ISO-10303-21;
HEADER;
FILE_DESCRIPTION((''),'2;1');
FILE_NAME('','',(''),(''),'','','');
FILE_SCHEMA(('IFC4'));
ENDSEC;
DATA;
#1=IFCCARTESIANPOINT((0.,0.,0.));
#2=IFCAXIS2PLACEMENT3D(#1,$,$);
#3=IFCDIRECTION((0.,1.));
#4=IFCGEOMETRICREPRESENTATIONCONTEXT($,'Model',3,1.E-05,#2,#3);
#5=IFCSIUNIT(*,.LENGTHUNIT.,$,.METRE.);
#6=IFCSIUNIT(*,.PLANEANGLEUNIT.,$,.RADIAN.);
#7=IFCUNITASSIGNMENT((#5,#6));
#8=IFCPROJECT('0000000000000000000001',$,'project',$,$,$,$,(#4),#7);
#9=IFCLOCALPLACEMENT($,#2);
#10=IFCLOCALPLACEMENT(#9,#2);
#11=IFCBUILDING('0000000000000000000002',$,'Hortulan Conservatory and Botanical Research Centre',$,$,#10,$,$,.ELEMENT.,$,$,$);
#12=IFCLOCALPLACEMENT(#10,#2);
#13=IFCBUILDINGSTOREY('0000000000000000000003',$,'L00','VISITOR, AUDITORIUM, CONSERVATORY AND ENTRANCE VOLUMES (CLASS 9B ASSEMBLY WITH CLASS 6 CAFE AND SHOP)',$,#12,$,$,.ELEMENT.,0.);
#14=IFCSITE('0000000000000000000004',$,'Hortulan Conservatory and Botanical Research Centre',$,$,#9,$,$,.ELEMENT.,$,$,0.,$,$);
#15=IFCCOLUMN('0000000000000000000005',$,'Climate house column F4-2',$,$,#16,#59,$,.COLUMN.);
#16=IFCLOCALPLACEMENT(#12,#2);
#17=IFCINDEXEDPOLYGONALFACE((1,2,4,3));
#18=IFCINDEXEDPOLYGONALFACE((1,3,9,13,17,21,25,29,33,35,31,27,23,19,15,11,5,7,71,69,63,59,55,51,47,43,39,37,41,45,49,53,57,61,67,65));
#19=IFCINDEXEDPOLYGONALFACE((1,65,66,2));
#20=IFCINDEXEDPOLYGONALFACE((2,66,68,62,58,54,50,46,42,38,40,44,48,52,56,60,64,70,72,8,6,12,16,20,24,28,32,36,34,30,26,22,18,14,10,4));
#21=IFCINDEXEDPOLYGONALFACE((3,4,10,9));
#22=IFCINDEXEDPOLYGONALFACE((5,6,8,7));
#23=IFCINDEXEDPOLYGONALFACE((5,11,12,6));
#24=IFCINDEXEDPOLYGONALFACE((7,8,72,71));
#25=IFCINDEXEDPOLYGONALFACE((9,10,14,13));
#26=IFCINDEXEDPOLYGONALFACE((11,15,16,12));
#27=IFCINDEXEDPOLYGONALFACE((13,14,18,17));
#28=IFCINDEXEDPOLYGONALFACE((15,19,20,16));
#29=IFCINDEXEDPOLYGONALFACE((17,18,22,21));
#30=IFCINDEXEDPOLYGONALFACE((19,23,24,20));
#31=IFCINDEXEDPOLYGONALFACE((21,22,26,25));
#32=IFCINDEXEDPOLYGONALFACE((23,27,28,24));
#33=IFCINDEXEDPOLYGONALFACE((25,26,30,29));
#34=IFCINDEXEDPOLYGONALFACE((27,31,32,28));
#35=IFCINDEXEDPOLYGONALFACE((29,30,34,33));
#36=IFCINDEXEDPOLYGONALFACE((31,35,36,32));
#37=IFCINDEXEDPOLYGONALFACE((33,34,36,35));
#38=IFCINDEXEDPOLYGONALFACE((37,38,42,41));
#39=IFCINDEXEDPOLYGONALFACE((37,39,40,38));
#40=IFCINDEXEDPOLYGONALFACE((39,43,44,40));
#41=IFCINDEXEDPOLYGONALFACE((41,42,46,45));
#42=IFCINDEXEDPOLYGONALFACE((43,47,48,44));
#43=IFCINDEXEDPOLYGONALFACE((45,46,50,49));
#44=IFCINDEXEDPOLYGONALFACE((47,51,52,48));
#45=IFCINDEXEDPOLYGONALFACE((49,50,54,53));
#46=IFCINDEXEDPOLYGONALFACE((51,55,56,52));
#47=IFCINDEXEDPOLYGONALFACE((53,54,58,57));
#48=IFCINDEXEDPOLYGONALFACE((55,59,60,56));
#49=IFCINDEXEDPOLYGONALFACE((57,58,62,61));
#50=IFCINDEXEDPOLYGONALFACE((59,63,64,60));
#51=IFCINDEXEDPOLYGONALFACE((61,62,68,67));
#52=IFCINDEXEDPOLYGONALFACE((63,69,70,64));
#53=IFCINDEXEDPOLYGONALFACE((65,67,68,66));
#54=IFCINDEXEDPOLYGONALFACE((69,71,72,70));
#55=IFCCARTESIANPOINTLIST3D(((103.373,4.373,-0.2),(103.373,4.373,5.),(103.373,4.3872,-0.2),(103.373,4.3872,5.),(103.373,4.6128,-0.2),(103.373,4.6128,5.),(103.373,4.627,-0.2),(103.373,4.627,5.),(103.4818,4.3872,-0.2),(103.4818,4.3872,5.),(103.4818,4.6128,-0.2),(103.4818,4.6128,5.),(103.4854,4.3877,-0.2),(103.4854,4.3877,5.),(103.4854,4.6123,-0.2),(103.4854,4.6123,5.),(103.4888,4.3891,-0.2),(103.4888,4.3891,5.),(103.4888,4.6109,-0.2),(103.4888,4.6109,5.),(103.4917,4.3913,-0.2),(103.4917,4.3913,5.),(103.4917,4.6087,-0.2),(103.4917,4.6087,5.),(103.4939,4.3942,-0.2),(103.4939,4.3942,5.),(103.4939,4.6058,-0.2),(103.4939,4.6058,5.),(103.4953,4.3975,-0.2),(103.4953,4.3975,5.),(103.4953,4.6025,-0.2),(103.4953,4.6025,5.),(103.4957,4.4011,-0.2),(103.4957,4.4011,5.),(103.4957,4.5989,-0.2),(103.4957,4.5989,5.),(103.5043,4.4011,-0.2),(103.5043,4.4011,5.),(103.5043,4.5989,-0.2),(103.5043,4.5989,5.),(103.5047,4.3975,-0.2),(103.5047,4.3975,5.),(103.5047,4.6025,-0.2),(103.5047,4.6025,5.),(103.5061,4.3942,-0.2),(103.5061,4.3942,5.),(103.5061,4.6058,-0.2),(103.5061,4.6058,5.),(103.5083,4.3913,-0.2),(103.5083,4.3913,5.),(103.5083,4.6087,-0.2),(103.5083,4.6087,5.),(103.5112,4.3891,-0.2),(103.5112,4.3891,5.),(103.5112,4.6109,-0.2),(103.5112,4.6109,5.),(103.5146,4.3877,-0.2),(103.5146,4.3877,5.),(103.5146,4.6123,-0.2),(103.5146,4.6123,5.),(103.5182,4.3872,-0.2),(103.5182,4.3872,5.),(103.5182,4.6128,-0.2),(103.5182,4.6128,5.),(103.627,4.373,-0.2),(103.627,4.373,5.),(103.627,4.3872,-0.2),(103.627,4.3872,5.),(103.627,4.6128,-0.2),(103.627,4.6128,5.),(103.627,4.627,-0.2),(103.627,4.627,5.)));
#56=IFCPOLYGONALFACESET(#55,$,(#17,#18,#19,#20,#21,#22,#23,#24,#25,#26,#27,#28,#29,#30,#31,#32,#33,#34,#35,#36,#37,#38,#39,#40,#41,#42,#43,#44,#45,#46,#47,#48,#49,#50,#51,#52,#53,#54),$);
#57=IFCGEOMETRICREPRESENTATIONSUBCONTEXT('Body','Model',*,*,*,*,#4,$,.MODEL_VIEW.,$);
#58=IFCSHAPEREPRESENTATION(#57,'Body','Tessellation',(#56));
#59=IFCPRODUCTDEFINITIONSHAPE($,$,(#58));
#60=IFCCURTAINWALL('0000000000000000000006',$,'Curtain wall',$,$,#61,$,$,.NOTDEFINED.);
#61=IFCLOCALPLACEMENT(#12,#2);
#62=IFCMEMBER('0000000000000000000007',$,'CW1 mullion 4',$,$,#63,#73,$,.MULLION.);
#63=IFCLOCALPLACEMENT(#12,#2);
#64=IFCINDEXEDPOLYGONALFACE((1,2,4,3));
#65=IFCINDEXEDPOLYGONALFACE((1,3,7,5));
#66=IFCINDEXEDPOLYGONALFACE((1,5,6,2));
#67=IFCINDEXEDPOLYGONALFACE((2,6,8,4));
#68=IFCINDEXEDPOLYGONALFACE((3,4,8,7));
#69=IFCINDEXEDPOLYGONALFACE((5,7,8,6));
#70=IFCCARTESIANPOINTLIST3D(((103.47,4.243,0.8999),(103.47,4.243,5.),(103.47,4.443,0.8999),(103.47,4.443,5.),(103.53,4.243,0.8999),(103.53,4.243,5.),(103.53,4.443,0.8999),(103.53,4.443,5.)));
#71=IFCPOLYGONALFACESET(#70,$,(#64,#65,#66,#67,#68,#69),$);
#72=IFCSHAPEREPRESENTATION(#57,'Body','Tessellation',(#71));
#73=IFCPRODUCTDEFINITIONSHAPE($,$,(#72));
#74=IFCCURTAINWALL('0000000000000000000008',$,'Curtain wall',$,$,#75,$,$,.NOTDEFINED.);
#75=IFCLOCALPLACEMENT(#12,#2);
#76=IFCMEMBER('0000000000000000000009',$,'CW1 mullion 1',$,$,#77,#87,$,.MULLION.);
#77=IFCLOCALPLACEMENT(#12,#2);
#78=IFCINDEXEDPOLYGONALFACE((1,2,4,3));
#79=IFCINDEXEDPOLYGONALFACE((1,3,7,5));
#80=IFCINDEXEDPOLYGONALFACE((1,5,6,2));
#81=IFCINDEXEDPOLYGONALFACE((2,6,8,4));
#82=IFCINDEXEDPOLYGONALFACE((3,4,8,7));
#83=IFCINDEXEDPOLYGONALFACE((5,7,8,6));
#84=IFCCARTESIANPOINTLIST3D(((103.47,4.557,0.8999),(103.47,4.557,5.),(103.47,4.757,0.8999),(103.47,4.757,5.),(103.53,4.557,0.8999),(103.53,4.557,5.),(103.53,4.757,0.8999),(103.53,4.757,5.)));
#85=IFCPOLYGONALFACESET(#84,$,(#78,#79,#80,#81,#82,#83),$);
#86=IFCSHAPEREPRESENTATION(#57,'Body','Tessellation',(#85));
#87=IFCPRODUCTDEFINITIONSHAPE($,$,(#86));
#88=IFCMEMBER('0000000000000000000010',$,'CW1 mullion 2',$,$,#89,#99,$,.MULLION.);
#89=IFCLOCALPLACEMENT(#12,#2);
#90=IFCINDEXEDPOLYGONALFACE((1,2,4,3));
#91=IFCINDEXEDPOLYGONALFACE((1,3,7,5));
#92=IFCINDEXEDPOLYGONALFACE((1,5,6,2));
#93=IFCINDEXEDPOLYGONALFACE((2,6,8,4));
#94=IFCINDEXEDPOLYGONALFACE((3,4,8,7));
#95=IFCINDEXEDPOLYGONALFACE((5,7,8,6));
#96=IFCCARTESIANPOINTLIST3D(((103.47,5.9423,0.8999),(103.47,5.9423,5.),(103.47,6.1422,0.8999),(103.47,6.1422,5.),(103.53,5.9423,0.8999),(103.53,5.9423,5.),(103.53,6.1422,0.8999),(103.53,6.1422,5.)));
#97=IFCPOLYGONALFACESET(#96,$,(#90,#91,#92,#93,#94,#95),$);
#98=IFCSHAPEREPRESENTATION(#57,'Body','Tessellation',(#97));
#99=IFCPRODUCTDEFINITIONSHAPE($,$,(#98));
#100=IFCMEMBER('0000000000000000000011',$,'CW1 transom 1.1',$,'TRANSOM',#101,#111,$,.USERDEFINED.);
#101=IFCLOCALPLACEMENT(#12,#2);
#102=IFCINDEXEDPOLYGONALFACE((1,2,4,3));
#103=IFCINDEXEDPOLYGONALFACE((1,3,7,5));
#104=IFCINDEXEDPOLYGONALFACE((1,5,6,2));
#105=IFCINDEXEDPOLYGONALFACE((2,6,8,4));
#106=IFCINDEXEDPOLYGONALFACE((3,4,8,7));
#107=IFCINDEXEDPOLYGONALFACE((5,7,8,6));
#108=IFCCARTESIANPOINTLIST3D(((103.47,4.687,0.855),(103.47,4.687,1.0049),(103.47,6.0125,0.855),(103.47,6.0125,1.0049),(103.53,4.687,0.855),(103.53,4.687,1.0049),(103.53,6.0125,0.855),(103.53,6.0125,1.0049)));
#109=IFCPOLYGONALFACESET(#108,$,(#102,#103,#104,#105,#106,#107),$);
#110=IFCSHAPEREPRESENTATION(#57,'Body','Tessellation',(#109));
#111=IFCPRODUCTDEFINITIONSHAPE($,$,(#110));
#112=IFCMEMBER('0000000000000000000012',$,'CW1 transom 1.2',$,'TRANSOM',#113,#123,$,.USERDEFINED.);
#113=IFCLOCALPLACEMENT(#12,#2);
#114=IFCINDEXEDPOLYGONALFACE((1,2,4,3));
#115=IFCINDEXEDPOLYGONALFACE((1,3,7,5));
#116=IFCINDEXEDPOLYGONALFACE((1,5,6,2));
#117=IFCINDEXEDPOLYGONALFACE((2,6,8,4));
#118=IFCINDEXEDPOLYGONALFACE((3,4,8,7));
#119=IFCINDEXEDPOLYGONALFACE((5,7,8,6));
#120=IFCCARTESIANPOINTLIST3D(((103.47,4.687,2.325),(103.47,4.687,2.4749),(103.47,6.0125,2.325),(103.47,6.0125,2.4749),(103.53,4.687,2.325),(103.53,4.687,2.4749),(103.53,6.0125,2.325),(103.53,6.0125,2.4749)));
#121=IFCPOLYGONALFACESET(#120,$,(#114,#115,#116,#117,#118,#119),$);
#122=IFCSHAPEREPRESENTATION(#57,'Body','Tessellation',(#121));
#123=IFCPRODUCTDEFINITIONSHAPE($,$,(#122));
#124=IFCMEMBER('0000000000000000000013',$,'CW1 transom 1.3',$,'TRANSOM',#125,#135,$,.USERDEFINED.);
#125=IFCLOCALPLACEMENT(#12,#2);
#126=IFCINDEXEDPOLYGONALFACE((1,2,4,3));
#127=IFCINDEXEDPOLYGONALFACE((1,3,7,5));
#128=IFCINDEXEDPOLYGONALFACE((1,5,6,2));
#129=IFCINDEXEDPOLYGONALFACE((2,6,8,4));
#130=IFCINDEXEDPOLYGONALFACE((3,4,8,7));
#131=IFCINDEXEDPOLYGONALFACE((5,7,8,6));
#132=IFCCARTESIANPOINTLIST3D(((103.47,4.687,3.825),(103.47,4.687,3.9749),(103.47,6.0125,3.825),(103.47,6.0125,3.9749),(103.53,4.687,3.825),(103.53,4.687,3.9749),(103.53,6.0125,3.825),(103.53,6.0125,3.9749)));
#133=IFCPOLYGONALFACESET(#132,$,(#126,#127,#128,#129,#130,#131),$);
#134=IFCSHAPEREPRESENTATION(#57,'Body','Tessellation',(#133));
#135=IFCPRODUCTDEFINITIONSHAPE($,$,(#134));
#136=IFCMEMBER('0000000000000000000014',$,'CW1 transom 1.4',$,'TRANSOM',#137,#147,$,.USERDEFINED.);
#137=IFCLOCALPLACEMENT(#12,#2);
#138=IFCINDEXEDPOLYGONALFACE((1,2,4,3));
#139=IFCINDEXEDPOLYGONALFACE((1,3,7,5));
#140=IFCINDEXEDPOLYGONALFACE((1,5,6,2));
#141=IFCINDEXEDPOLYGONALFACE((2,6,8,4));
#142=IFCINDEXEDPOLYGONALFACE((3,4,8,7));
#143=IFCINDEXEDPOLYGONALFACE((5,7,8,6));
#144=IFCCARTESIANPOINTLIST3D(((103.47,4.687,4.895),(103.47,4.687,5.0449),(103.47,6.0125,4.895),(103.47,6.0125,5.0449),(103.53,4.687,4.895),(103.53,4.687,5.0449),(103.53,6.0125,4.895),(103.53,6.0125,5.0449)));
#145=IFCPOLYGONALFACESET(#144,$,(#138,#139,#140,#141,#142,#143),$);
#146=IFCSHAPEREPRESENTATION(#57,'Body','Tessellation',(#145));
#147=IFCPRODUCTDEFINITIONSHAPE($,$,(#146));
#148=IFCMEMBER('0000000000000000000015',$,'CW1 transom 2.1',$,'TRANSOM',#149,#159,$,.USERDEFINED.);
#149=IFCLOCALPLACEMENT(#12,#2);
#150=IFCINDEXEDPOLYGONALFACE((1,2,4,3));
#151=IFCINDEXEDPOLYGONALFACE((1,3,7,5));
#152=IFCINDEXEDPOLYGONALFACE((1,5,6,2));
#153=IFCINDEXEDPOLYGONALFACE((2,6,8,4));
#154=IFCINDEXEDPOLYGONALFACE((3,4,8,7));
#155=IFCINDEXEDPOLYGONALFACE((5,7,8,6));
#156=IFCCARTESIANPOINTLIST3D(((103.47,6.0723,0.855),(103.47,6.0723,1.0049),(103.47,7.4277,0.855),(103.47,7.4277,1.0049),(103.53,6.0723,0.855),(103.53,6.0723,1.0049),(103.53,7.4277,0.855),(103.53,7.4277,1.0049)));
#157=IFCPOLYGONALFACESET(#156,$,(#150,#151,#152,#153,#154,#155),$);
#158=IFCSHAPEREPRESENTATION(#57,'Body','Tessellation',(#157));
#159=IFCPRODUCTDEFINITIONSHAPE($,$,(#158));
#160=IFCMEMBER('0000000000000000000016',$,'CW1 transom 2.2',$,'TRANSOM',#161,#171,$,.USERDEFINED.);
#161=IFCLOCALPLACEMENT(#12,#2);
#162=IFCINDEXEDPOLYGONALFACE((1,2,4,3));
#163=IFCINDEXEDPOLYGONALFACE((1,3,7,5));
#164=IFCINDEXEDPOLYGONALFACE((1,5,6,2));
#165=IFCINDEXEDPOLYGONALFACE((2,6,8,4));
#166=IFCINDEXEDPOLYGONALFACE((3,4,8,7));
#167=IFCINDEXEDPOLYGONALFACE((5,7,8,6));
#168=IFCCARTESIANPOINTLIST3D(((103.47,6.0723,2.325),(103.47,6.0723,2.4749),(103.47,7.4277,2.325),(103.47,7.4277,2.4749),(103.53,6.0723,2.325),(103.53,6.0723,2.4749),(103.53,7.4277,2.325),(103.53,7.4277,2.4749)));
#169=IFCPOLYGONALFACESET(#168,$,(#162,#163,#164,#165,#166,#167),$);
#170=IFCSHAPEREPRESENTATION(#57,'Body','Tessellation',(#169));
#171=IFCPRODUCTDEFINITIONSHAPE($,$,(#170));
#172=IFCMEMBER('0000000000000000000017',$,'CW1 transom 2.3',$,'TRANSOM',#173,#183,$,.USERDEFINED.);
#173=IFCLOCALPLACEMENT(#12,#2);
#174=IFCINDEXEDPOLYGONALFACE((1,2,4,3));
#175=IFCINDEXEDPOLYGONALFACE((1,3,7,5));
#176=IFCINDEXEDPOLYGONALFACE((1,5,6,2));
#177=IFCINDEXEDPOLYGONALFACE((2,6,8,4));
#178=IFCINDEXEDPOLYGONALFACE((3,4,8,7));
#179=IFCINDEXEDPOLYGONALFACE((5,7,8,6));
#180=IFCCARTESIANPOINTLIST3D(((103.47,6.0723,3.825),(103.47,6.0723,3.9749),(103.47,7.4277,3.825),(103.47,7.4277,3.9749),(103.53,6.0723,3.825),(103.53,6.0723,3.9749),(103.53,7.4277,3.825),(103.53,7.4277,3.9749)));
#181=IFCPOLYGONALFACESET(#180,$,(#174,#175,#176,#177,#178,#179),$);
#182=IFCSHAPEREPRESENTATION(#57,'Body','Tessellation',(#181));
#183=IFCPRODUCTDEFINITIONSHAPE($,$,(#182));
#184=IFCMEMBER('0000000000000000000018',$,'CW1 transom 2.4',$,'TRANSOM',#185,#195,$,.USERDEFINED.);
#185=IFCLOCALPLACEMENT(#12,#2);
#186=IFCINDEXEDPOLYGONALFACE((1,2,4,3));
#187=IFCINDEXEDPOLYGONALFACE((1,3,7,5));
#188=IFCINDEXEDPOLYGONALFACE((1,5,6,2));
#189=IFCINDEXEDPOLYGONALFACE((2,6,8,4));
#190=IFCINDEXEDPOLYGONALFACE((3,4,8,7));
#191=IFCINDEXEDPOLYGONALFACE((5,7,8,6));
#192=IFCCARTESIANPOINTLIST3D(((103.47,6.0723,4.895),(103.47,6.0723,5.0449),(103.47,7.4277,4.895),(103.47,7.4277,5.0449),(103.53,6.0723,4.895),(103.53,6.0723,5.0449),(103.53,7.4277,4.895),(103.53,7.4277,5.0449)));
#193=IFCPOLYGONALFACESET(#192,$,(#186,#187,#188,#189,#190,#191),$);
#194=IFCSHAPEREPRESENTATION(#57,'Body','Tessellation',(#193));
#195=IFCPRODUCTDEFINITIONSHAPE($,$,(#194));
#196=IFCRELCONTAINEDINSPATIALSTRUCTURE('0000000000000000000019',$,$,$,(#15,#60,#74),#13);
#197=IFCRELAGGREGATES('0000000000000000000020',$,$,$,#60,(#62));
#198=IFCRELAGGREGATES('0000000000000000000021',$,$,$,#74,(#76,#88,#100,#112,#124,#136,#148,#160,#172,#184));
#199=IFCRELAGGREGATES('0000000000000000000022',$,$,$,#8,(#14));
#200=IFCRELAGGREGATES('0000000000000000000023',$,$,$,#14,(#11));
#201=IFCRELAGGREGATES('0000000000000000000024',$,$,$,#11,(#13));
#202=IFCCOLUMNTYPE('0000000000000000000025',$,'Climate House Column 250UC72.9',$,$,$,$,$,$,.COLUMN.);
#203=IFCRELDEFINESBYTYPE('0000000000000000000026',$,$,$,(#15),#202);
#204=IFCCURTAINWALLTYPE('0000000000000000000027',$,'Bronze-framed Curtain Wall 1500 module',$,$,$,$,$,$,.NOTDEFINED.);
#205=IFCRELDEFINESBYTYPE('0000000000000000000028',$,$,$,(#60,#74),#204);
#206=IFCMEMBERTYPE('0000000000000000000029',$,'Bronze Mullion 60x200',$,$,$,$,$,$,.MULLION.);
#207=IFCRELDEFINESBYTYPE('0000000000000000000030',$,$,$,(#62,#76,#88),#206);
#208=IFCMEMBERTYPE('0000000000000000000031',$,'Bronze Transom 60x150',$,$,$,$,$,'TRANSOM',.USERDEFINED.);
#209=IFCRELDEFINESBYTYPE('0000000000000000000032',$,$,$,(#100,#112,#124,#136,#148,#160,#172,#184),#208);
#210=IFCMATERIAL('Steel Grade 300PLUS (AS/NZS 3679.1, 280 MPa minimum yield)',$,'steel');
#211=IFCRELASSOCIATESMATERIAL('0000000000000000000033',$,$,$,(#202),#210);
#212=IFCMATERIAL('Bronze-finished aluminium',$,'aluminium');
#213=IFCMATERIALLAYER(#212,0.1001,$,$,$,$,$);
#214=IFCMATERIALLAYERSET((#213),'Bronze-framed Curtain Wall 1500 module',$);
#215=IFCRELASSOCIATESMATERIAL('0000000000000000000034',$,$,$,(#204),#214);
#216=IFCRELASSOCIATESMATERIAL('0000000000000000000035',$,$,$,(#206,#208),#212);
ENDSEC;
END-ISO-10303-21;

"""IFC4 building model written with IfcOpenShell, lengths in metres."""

from ifc_helpers import new_model, si_unit, direction, frame, origin, origin_2d, place, context, subcontext, project, spatial, rectangle, i_section, extrude, material, layer, layer_set, material_profile, profile_set, type_object, element, aggregate, save


model = new_model("IFC4")

# Units and contexts
model_context = context("Model", 3, precision=1e-05, world=origin(), true_north=direction((0.0, 1.0)))
body_context = subcontext(model_context, "Body", "Model", "MODEL_VIEW")
ifc_project = project(units=[si_unit("LENGTHUNIT", "METRE"), si_unit("PLANEANGLEUNIT", "RADIAN")], contexts=[model_context])

# Site, building, storey
site_placement = place(None, origin())
site = spatial("IfcSite", under=ifc_project, at=site_placement, Name="Hortulan Conservatory and Botanical Research Centre", CompositionType="ELEMENT", RefElevation=0.0)
building_placement = place(site_placement, origin())
building = spatial("IfcBuilding", under=site, at=building_placement, Name="Hortulan Conservatory and Botanical Research Centre", CompositionType="ELEMENT")
storey_placement = place(building_placement, origin())
storey = spatial("IfcBuildingStorey", under=building, at=storey_placement, Name="L00", Description="VISITOR, AUDITORIUM, CONSERVATORY AND ENTRANCE VOLUMES (CLASS 9B ASSEMBLY WITH CLASS 6 CAFE AND SHOP)", CompositionType="ELEMENT", Elevation=0.0)

# Column
ifc_material_1 = material(Name="Steel Grade 300PLUS (AS/NZS 3679.1, 280 MPa minimum yield)", Category="steel")
ifc_material_profile_1 = material_profile(ifc_material_1, i_section(OverallWidth=0.2539, OverallDepth=0.2539, WebThickness=0.0085, FlangeThickness=0.0142, FilletRadius=0.0139, at=origin_2d()), Name="250UC72.9")
ifc_profile_set_1 = profile_set([ifc_material_profile_1], Name="Steel Grade 300PLUS (AS/NZS 3679.1, 280 MPa minimum yield)")
column_type = type_object("IfcColumnType", Name="Climate House Column 250UC72.9", PredefinedType="COLUMN", material=ifc_profile_set_1)
column_placement = place(storey_placement, frame((103.5, 4.5, -0.2), z_axis=(0.0, 0.0, 1.0), x_axis=(1.0, 0.0, 0.0)))
element("IfcColumn", 1, at=column_placement, inside=storey, type_object=column_type, Name="Climate house column F4-2", PredefinedType="COLUMN", context=body_context, shape_type="SweptSolid", body=[
    extrude(i_section(OverallWidth=0.2539, OverallDepth=0.2539, WebThickness=0.0085, FlangeThickness=0.0142, FilletRadius=0.0139, at=origin_2d()), origin(), (0.0, 0.0, 1.0), 5.2),
])

# Curtain wall, member
ifc_material_2 = material(Name="Bronze-finished aluminium", Category="aluminium")
ifc_layer_1 = layer(ifc_material_2, 0.1001)
ifc_layer_set_1 = layer_set([ifc_layer_1], Name="Bronze-framed Curtain Wall 1500 module")
curtain_wall_type = type_object("IfcCurtainWallType", Name="Bronze-framed Curtain Wall 1500 module", PredefinedType="NOTDEFINED", material=ifc_layer_set_1)
curtain_wall_1_placement = place(storey_placement, origin())
curtain_wall_1 = element("IfcCurtainWall", 2, at=curtain_wall_1_placement, inside=storey, type_object=curtain_wall_type, Name="Curtain wall", PredefinedType="NOTDEFINED")
ifc_material_profile_2 = material_profile(ifc_material_2, rectangle(XDim=0.0601, YDim=0.2, at=origin_2d()), Name="Bronze Mullion 60x200")
ifc_profile_set_2 = profile_set([ifc_material_profile_2], Name="Bronze-finished aluminium")
member_type_1 = type_object("IfcMemberType", Name="Bronze Mullion 60x200", PredefinedType="MULLION", material=ifc_profile_set_2)
member_1_placement = place(storey_placement, frame((103.5, 4.343, 0.8999), z_axis=(0.0, 0.0, 1.0), x_axis=(-1.0, 0.0, 0.0)))
member_1 = element("IfcMember", 3, at=member_1_placement, type_object=member_type_1, Name="CW1 mullion 4", PredefinedType="MULLION", context=body_context, shape_type="SweptSolid", body=[
    extrude(rectangle(XDim=0.0601, YDim=0.2, at=origin_2d()), origin(), (0.0, 0.0, 1.0), 4.1001),
])

# Curtain wall, members
curtain_wall_2_placement = place(storey_placement, origin())
curtain_wall_2 = element("IfcCurtainWall", 4, at=curtain_wall_2_placement, inside=storey, type_object=curtain_wall_type, Name="Curtain wall", PredefinedType="NOTDEFINED")
member_2_placement = place(storey_placement, frame((103.5, 4.657, 0.8999), z_axis=(0.0, 0.0, 1.0), x_axis=(-1.0, 0.0, 0.0)))
member_2 = element("IfcMember", 5, at=member_2_placement, type_object=member_type_1, Name="CW1 mullion 1", PredefinedType="MULLION", context=body_context, shape_type="SweptSolid", body=[
    extrude(rectangle(XDim=0.0601, YDim=0.2, at=origin_2d()), origin(), (0.0, 0.0, 1.0), 4.1001),
])
member_3_placement = place(storey_placement, frame((103.5, 6.0422, 0.8999), z_axis=(0.0, 0.0, 1.0), x_axis=(-1.0, 0.0, 0.0)))
member_3 = element("IfcMember", 6, at=member_3_placement, type_object=member_type_1, Name="CW1 mullion 2", PredefinedType="MULLION", context=body_context, shape_type="SweptSolid", body=[
    extrude(rectangle(XDim=0.0601, YDim=0.2, at=origin_2d()), origin(), (0.0, 0.0, 1.0), 4.1001),
])
ifc_material_profile_3 = material_profile(ifc_material_2, rectangle(XDim=0.0601, YDim=0.1499, at=origin_2d()), Name="Bronze Transom 60x150")
ifc_profile_set_3 = profile_set([ifc_material_profile_3], Name="Bronze-finished aluminium")
member_type_2 = type_object("IfcMemberType", Name="Bronze Transom 60x150", ElementType="TRANSOM", PredefinedType="USERDEFINED", material=ifc_profile_set_3)
member_4_placement = place(storey_placement, frame((103.5, 4.687, 0.9299), z_axis=(0.0, 1.0, 0.0), x_axis=(-1.0, 0.0, 0.0)))
member_4 = element("IfcMember", 7, at=member_4_placement, type_object=member_type_2, Name="CW1 transom 1.1", ObjectType="TRANSOM", PredefinedType="USERDEFINED", context=body_context, shape_type="SweptSolid", body=[
    extrude(rectangle(XDim=0.0601, YDim=0.1499, at=origin_2d()), origin(), (0.0, 0.0, 1.0), 1.3254),
])
member_5_placement = place(storey_placement, frame((103.5, 4.687, 2.3999), z_axis=(0.0, 1.0, 0.0), x_axis=(-1.0, 0.0, 0.0)))
member_5 = element("IfcMember", 8, at=member_5_placement, type_object=member_type_2, Name="CW1 transom 1.2", ObjectType="TRANSOM", PredefinedType="USERDEFINED", context=body_context, shape_type="SweptSolid", body=[
    extrude(rectangle(XDim=0.0601, YDim=0.1499, at=origin_2d()), origin(), (0.0, 0.0, 1.0), 1.3254),
])
member_6_placement = place(storey_placement, frame((103.5, 4.687, 3.8999), z_axis=(0.0, 1.0, 0.0), x_axis=(-1.0, 0.0, 0.0)))
member_6 = element("IfcMember", 9, at=member_6_placement, type_object=member_type_2, Name="CW1 transom 1.3", ObjectType="TRANSOM", PredefinedType="USERDEFINED", context=body_context, shape_type="SweptSolid", body=[
    extrude(rectangle(XDim=0.0601, YDim=0.1499, at=origin_2d()), origin(), (0.0, 0.0, 1.0), 1.3254),
])
member_7_placement = place(storey_placement, frame((103.5, 4.687, 4.97), z_axis=(0.0, 1.0, 0.0), x_axis=(-1.0, 0.0, 0.0)))
member_7 = element("IfcMember", 10, at=member_7_placement, type_object=member_type_2, Name="CW1 transom 1.4", ObjectType="TRANSOM", PredefinedType="USERDEFINED", context=body_context, shape_type="SweptSolid", body=[
    extrude(rectangle(XDim=0.0601, YDim=0.1499, at=origin_2d()), origin(), (0.0, 0.0, 1.0), 1.3254),
])
member_8_placement = place(storey_placement, frame((103.5, 6.0723, 0.9299), z_axis=(0.0, 1.0, 0.0), x_axis=(-1.0, 0.0, 0.0)))
member_8 = element("IfcMember", 11, at=member_8_placement, type_object=member_type_2, Name="CW1 transom 2.1", ObjectType="TRANSOM", PredefinedType="USERDEFINED", context=body_context, shape_type="SweptSolid", body=[
    extrude(rectangle(XDim=0.0601, YDim=0.1499, at=origin_2d()), origin(), (0.0, 0.0, 1.0), 1.3555),
])
member_9_placement = place(storey_placement, frame((103.5, 6.0723, 2.3999), z_axis=(0.0, 1.0, 0.0), x_axis=(-1.0, 0.0, 0.0)))
member_9 = element("IfcMember", 12, at=member_9_placement, type_object=member_type_2, Name="CW1 transom 2.2", ObjectType="TRANSOM", PredefinedType="USERDEFINED", context=body_context, shape_type="SweptSolid", body=[
    extrude(rectangle(XDim=0.0601, YDim=0.1499, at=origin_2d()), origin(), (0.0, 0.0, 1.0), 1.3555),
])
member_10_placement = place(storey_placement, frame((103.5, 6.0723, 3.8999), z_axis=(0.0, 1.0, 0.0), x_axis=(-1.0, 0.0, 0.0)))
member_10 = element("IfcMember", 13, at=member_10_placement, type_object=member_type_2, Name="CW1 transom 2.3", ObjectType="TRANSOM", PredefinedType="USERDEFINED", context=body_context, shape_type="SweptSolid", body=[
    extrude(rectangle(XDim=0.0601, YDim=0.1499, at=origin_2d()), origin(), (0.0, 0.0, 1.0), 1.3555),
])
member_11_placement = place(storey_placement, frame((103.5, 6.0723, 4.97), z_axis=(0.0, 1.0, 0.0), x_axis=(-1.0, 0.0, 0.0)))
member_11 = element("IfcMember", 14, at=member_11_placement, type_object=member_type_2, Name="CW1 transom 2.4", ObjectType="TRANSOM", PredefinedType="USERDEFINED", context=body_context, shape_type="SweptSolid", body=[
    extrude(rectangle(XDim=0.0601, YDim=0.1499, at=origin_2d()), origin(), (0.0, 0.0, 1.0), 1.3555),
])

aggregate(curtain_wall_1, [member_1])
aggregate(curtain_wall_2, [member_2, member_3, member_4, member_5, member_6, member_7, member_8, member_9, member_10, member_11])

save(model, "model.ifc")
